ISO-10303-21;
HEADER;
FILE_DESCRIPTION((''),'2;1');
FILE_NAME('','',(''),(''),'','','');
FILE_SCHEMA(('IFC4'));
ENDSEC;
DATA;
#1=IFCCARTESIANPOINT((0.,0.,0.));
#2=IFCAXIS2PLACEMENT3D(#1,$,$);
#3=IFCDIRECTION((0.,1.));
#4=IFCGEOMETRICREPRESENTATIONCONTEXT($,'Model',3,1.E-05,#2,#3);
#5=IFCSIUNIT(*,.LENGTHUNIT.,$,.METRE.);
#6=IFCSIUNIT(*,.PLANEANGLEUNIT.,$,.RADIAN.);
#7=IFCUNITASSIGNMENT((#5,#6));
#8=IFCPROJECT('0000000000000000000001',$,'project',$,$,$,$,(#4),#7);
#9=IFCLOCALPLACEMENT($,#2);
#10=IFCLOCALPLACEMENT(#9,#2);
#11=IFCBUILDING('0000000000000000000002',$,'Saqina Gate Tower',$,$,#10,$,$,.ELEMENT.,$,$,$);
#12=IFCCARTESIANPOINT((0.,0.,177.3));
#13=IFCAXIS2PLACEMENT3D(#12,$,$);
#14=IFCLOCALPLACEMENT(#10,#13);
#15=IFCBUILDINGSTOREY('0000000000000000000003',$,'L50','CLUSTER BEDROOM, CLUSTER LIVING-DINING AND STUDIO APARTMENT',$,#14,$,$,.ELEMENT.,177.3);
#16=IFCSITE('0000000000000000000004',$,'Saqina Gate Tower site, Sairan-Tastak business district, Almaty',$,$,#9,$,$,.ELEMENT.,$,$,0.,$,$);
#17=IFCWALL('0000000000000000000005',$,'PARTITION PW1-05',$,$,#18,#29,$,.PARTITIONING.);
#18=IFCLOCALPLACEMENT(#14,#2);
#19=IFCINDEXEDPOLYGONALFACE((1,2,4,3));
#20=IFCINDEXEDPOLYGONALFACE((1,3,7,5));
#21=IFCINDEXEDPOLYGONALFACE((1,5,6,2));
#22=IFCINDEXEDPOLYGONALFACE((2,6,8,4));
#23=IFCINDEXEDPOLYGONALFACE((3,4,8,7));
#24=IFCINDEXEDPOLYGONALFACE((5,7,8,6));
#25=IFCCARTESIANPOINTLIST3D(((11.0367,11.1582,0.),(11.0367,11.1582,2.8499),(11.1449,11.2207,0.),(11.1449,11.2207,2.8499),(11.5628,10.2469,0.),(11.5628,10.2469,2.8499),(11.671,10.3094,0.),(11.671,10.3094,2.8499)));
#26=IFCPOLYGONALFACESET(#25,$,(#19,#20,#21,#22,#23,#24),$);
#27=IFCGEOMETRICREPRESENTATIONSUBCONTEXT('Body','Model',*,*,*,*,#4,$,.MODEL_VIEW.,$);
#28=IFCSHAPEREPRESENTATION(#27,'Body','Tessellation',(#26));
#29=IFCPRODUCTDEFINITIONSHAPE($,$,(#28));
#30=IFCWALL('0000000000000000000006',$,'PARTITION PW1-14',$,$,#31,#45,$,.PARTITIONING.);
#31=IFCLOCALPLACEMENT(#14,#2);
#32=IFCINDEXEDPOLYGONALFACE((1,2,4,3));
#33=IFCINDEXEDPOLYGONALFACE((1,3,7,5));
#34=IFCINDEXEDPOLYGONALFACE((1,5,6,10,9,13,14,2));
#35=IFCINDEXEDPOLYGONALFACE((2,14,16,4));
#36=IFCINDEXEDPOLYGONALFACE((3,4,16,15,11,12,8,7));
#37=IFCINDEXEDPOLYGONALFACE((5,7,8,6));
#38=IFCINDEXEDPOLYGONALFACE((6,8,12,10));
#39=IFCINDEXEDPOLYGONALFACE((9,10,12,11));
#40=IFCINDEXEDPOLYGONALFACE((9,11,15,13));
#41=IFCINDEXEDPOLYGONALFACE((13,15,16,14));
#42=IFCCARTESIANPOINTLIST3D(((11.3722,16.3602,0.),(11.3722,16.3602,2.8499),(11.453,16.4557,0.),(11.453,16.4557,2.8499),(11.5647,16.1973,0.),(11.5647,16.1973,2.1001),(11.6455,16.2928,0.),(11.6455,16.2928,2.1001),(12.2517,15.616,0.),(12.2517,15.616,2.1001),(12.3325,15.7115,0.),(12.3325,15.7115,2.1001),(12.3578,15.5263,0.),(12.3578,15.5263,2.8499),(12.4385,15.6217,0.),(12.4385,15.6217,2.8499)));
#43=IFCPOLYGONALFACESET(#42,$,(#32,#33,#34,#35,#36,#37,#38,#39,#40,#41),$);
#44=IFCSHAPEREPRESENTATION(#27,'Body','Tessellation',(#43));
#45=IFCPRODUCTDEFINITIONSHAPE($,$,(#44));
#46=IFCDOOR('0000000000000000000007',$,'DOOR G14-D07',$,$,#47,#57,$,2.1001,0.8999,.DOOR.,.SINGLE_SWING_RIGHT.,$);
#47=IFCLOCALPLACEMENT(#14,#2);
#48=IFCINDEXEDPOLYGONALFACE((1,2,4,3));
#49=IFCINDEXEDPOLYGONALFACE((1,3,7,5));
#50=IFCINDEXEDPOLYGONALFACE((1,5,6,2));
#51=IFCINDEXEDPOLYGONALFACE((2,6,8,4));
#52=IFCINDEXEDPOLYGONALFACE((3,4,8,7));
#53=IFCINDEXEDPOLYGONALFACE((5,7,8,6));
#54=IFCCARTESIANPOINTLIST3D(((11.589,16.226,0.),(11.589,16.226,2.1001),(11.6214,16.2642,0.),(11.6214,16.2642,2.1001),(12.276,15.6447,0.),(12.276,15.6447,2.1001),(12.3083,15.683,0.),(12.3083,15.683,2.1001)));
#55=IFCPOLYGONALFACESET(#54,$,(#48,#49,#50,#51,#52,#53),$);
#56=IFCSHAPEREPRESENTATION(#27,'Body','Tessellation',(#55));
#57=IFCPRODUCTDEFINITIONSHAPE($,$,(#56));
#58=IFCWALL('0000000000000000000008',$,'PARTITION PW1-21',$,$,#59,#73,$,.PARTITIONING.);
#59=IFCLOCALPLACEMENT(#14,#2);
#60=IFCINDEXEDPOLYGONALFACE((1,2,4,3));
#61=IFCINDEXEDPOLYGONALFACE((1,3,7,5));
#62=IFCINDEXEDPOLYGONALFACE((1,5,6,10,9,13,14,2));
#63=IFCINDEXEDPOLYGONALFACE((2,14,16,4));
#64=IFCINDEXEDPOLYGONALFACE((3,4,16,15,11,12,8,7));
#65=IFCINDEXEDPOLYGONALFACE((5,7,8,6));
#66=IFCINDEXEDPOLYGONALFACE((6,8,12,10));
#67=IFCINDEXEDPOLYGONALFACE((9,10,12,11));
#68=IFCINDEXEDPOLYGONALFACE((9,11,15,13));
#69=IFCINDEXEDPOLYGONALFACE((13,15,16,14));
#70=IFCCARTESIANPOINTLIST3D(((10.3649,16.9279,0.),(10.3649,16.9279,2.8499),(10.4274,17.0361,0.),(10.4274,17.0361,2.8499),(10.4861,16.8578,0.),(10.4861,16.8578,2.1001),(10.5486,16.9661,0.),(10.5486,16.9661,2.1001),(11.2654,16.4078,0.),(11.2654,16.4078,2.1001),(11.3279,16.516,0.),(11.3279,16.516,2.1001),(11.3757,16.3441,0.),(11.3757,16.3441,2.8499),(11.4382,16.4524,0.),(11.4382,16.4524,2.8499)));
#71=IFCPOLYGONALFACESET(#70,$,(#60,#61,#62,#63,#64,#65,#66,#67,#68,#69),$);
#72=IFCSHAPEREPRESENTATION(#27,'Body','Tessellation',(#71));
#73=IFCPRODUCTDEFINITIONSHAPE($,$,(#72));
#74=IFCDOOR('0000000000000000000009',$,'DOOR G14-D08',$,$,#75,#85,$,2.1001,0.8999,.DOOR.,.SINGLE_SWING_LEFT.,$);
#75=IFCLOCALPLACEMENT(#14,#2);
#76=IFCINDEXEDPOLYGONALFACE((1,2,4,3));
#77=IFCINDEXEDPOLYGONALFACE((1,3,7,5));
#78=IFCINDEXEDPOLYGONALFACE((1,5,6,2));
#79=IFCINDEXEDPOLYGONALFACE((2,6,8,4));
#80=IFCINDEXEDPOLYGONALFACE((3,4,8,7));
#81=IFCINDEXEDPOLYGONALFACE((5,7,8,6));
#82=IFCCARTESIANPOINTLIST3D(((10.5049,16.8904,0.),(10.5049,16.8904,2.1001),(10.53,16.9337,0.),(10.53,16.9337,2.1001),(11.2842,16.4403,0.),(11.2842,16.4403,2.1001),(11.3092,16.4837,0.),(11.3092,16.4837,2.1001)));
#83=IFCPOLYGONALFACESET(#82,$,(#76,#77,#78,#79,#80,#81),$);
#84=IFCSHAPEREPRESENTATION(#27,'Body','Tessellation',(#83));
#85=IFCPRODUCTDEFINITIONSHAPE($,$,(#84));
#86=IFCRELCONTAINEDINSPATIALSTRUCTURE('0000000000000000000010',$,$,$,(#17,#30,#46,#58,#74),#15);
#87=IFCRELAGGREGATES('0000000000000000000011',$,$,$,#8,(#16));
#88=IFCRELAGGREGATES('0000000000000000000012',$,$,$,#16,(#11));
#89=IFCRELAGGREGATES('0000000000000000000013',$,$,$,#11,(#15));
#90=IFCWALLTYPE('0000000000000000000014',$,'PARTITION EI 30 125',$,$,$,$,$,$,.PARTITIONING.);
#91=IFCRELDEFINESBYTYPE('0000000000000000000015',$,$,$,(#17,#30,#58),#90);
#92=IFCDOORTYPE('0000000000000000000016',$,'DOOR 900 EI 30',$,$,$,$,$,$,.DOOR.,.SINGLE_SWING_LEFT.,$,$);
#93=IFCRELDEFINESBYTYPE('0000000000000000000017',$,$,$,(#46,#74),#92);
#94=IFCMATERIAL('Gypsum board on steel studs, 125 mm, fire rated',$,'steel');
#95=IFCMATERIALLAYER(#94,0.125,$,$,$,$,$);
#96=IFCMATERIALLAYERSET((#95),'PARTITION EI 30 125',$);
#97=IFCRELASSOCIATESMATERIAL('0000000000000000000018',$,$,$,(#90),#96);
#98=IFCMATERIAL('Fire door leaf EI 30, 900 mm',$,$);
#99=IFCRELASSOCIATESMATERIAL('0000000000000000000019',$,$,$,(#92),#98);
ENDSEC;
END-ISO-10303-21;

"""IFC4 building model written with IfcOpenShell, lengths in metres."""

from ifc_helpers import new_model, si_unit, direction, frame, frame_2d, origin, place, context, subcontext, project, spatial, rectangle, extrude, material, layer, layer_set, type_object, element, fill, save


model = new_model("IFC4")

# Units and contexts
model_context = context("Model", 3, precision=1e-05, world=origin(), true_north=direction((0.0, 1.0)))
body_context = subcontext(model_context, "Body", "Model", "MODEL_VIEW")
ifc_project = project(units=[si_unit("LENGTHUNIT", "METRE"), si_unit("PLANEANGLEUNIT", "RADIAN")], contexts=[model_context])

# Site, building, storey
site_placement = place(None, origin())
site = spatial("IfcSite", under=ifc_project, at=site_placement, Name="Saqina Gate Tower site, Sairan-Tastak business district, Almaty", CompositionType="ELEMENT", RefElevation=0.0)
building_placement = place(site_placement, origin())
building = spatial("IfcBuilding", under=site, at=building_placement, Name="Saqina Gate Tower", CompositionType="ELEMENT")
storey_placement = place(building_placement, frame((0.0, 0.0, 177.3)))
storey = spatial("IfcBuildingStorey", under=building, at=storey_placement, Name="L50", Description="CLUSTER BEDROOM, CLUSTER LIVING-DINING AND STUDIO APARTMENT", CompositionType="ELEMENT", Elevation=177.3)

# Wall
ifc_material_1 = material(Name="Gypsum board on steel studs, 125 mm, fire rated", Category="steel")
ifc_layer_1 = layer(ifc_material_1, 0.125)
ifc_layer_set_1 = layer_set([ifc_layer_1], Name="PARTITION EI 30 125")
wall_type_1 = type_object("IfcWallType", Name="PARTITION EI 30 125", PredefinedType="PARTITIONING", material=ifc_layer_set_1)
wall_1_placement = place(storey_placement, frame((11.0908, 11.1895, 0.0), z_axis=(0.0, 0.0, 1.0), x_axis=(0.499957, -0.86605, 0.0)))
element("IfcWall", 1, at=wall_1_placement, inside=storey, type_object=wall_type_1, Name="PARTITION PW1-05", PredefinedType="PARTITIONING", context=body_context, shape_type="SweptSolid", body=[
    extrude(rectangle(XDim=1.0522, YDim=0.125, at=frame_2d((0.5261, 0.0))), origin(), (0.0, 0.0, 1.0), 2.8499),
])

# Walls, openings, doors
wall_2_placement = place(storey_placement, frame((11.4126, 16.408, 0.0), z_axis=(0.0, 0.0, 1.0), x_axis=(0.763379, -0.645951, 0.0)))
wall_2 = element("IfcWall", 2, at=wall_2_placement, inside=storey, type_object=wall_type_1, Name="PARTITION PW1-14", PredefinedType="PARTITIONING", context=body_context, shape_type="SweptSolid", body=[
    extrude(rectangle(XDim=1.291, YDim=0.125, at=frame_2d((0.6455, 0.0))), origin(), (0.0, 0.0, 1.0), 2.8499),
])
opening_1_placement = place(wall_2_placement, frame((0.2522, 0.0, 0.0)))
opening_1 = element("IfcOpeningElement", 3, at=opening_1_placement, cuts=wall_2, PredefinedType="OPENING", context=body_context, shape_type="SweptSolid", body=[
    extrude(rectangle(XDim=0.8999, YDim=2.1001, at=frame_2d((0.45, 1.05))), frame((0.0, 0.0745, 0.0), z_axis=(0.0, -1.0, 0.0), x_axis=(1.0, 0.0, 0.0)), (0.0, 0.0, 1.0), 0.1489),
])
ifc_material_2 = material(Name="Fire door leaf EI 30, 900 mm")
door_type_1 = type_object("IfcDoorType", Name="DOOR 900 EI 30", OperationType="SINGLE_SWING_LEFT", PredefinedType="DOOR", material=ifc_material_2)
door_1_placement = place(opening_1_placement, frame((0.8999, 0.0, 0.0), z_axis=(0.0, 0.0, 1.0), x_axis=(-1.0, 0.0, 0.0)))
door_1 = element("IfcDoor", 4, at=door_1_placement, inside=storey, type_object=door_type_1, Name="DOOR G14-D07", OperationType="SINGLE_SWING_RIGHT", OverallHeight=2.1001, OverallWidth=0.8999, PredefinedType="DOOR", context=body_context, shape_type="SweptSolid", body=[
    extrude(rectangle(XDim=0.8999, YDim=2.1001, at=frame_2d((0.45, 1.05))), frame((0.0, 0.0249, 0.0), z_axis=(0.0, -1.0, 0.0), x_axis=(1.0, 0.0, 0.0)), (0.0, 0.0, 1.0), 0.05),
])
fill(opening_1, door_1)
wall_3_placement = place(storey_placement, frame((10.3962, 16.9819, 0.0), z_axis=(0.0, 0.0, 1.0), x_axis=(0.865956, -0.500121, 0.0)))
wall_3 = element("IfcWall", 5, at=wall_3_placement, inside=storey, type_object=wall_type_1, Name="PARTITION PW1-21", PredefinedType="PARTITIONING", context=body_context, shape_type="SweptSolid", body=[
    extrude(rectangle(XDim=1.1672, YDim=0.125, at=frame_2d((0.5835, 0.0))), origin(), (0.0, 0.0, 1.0), 2.8499),
])
opening_2_placement = place(wall_3_placement, frame((0.1399, 0.0, 0.0)))
opening_2 = element("IfcOpeningElement", 6, at=opening_2_placement, cuts=wall_3, PredefinedType="OPENING", context=body_context, shape_type="SweptSolid", body=[
    extrude(rectangle(XDim=0.8999, YDim=2.1001, at=frame_2d((0.45, 1.05))), frame((0.0, 0.0745, 0.0), z_axis=(0.0, -1.0, 0.0), x_axis=(1.0, 0.0, 0.0)), (0.0, 0.0, 1.0), 0.1489),
])
door_2_placement = place(opening_2_placement, frame((0.8999, 0.0, 0.0), z_axis=(0.0, 0.0, 1.0), x_axis=(-1.0, 0.0, 0.0)))
door_2 = element("IfcDoor", 7, at=door_2_placement, inside=storey, type_object=door_type_1, Name="DOOR G14-D08", OperationType="SINGLE_SWING_LEFT", OverallHeight=2.1001, OverallWidth=0.8999, PredefinedType="DOOR", context=body_context, shape_type="SweptSolid", body=[
    extrude(rectangle(XDim=0.8999, YDim=2.1001, at=frame_2d((0.45, 1.05))), frame((0.0, 0.0249, 0.0), z_axis=(0.0, -1.0, 0.0), x_axis=(1.0, 0.0, 0.0)), (0.0, 0.0, 1.0), 0.05),
])
fill(opening_2, door_2)

save(model, "model.ifc")
